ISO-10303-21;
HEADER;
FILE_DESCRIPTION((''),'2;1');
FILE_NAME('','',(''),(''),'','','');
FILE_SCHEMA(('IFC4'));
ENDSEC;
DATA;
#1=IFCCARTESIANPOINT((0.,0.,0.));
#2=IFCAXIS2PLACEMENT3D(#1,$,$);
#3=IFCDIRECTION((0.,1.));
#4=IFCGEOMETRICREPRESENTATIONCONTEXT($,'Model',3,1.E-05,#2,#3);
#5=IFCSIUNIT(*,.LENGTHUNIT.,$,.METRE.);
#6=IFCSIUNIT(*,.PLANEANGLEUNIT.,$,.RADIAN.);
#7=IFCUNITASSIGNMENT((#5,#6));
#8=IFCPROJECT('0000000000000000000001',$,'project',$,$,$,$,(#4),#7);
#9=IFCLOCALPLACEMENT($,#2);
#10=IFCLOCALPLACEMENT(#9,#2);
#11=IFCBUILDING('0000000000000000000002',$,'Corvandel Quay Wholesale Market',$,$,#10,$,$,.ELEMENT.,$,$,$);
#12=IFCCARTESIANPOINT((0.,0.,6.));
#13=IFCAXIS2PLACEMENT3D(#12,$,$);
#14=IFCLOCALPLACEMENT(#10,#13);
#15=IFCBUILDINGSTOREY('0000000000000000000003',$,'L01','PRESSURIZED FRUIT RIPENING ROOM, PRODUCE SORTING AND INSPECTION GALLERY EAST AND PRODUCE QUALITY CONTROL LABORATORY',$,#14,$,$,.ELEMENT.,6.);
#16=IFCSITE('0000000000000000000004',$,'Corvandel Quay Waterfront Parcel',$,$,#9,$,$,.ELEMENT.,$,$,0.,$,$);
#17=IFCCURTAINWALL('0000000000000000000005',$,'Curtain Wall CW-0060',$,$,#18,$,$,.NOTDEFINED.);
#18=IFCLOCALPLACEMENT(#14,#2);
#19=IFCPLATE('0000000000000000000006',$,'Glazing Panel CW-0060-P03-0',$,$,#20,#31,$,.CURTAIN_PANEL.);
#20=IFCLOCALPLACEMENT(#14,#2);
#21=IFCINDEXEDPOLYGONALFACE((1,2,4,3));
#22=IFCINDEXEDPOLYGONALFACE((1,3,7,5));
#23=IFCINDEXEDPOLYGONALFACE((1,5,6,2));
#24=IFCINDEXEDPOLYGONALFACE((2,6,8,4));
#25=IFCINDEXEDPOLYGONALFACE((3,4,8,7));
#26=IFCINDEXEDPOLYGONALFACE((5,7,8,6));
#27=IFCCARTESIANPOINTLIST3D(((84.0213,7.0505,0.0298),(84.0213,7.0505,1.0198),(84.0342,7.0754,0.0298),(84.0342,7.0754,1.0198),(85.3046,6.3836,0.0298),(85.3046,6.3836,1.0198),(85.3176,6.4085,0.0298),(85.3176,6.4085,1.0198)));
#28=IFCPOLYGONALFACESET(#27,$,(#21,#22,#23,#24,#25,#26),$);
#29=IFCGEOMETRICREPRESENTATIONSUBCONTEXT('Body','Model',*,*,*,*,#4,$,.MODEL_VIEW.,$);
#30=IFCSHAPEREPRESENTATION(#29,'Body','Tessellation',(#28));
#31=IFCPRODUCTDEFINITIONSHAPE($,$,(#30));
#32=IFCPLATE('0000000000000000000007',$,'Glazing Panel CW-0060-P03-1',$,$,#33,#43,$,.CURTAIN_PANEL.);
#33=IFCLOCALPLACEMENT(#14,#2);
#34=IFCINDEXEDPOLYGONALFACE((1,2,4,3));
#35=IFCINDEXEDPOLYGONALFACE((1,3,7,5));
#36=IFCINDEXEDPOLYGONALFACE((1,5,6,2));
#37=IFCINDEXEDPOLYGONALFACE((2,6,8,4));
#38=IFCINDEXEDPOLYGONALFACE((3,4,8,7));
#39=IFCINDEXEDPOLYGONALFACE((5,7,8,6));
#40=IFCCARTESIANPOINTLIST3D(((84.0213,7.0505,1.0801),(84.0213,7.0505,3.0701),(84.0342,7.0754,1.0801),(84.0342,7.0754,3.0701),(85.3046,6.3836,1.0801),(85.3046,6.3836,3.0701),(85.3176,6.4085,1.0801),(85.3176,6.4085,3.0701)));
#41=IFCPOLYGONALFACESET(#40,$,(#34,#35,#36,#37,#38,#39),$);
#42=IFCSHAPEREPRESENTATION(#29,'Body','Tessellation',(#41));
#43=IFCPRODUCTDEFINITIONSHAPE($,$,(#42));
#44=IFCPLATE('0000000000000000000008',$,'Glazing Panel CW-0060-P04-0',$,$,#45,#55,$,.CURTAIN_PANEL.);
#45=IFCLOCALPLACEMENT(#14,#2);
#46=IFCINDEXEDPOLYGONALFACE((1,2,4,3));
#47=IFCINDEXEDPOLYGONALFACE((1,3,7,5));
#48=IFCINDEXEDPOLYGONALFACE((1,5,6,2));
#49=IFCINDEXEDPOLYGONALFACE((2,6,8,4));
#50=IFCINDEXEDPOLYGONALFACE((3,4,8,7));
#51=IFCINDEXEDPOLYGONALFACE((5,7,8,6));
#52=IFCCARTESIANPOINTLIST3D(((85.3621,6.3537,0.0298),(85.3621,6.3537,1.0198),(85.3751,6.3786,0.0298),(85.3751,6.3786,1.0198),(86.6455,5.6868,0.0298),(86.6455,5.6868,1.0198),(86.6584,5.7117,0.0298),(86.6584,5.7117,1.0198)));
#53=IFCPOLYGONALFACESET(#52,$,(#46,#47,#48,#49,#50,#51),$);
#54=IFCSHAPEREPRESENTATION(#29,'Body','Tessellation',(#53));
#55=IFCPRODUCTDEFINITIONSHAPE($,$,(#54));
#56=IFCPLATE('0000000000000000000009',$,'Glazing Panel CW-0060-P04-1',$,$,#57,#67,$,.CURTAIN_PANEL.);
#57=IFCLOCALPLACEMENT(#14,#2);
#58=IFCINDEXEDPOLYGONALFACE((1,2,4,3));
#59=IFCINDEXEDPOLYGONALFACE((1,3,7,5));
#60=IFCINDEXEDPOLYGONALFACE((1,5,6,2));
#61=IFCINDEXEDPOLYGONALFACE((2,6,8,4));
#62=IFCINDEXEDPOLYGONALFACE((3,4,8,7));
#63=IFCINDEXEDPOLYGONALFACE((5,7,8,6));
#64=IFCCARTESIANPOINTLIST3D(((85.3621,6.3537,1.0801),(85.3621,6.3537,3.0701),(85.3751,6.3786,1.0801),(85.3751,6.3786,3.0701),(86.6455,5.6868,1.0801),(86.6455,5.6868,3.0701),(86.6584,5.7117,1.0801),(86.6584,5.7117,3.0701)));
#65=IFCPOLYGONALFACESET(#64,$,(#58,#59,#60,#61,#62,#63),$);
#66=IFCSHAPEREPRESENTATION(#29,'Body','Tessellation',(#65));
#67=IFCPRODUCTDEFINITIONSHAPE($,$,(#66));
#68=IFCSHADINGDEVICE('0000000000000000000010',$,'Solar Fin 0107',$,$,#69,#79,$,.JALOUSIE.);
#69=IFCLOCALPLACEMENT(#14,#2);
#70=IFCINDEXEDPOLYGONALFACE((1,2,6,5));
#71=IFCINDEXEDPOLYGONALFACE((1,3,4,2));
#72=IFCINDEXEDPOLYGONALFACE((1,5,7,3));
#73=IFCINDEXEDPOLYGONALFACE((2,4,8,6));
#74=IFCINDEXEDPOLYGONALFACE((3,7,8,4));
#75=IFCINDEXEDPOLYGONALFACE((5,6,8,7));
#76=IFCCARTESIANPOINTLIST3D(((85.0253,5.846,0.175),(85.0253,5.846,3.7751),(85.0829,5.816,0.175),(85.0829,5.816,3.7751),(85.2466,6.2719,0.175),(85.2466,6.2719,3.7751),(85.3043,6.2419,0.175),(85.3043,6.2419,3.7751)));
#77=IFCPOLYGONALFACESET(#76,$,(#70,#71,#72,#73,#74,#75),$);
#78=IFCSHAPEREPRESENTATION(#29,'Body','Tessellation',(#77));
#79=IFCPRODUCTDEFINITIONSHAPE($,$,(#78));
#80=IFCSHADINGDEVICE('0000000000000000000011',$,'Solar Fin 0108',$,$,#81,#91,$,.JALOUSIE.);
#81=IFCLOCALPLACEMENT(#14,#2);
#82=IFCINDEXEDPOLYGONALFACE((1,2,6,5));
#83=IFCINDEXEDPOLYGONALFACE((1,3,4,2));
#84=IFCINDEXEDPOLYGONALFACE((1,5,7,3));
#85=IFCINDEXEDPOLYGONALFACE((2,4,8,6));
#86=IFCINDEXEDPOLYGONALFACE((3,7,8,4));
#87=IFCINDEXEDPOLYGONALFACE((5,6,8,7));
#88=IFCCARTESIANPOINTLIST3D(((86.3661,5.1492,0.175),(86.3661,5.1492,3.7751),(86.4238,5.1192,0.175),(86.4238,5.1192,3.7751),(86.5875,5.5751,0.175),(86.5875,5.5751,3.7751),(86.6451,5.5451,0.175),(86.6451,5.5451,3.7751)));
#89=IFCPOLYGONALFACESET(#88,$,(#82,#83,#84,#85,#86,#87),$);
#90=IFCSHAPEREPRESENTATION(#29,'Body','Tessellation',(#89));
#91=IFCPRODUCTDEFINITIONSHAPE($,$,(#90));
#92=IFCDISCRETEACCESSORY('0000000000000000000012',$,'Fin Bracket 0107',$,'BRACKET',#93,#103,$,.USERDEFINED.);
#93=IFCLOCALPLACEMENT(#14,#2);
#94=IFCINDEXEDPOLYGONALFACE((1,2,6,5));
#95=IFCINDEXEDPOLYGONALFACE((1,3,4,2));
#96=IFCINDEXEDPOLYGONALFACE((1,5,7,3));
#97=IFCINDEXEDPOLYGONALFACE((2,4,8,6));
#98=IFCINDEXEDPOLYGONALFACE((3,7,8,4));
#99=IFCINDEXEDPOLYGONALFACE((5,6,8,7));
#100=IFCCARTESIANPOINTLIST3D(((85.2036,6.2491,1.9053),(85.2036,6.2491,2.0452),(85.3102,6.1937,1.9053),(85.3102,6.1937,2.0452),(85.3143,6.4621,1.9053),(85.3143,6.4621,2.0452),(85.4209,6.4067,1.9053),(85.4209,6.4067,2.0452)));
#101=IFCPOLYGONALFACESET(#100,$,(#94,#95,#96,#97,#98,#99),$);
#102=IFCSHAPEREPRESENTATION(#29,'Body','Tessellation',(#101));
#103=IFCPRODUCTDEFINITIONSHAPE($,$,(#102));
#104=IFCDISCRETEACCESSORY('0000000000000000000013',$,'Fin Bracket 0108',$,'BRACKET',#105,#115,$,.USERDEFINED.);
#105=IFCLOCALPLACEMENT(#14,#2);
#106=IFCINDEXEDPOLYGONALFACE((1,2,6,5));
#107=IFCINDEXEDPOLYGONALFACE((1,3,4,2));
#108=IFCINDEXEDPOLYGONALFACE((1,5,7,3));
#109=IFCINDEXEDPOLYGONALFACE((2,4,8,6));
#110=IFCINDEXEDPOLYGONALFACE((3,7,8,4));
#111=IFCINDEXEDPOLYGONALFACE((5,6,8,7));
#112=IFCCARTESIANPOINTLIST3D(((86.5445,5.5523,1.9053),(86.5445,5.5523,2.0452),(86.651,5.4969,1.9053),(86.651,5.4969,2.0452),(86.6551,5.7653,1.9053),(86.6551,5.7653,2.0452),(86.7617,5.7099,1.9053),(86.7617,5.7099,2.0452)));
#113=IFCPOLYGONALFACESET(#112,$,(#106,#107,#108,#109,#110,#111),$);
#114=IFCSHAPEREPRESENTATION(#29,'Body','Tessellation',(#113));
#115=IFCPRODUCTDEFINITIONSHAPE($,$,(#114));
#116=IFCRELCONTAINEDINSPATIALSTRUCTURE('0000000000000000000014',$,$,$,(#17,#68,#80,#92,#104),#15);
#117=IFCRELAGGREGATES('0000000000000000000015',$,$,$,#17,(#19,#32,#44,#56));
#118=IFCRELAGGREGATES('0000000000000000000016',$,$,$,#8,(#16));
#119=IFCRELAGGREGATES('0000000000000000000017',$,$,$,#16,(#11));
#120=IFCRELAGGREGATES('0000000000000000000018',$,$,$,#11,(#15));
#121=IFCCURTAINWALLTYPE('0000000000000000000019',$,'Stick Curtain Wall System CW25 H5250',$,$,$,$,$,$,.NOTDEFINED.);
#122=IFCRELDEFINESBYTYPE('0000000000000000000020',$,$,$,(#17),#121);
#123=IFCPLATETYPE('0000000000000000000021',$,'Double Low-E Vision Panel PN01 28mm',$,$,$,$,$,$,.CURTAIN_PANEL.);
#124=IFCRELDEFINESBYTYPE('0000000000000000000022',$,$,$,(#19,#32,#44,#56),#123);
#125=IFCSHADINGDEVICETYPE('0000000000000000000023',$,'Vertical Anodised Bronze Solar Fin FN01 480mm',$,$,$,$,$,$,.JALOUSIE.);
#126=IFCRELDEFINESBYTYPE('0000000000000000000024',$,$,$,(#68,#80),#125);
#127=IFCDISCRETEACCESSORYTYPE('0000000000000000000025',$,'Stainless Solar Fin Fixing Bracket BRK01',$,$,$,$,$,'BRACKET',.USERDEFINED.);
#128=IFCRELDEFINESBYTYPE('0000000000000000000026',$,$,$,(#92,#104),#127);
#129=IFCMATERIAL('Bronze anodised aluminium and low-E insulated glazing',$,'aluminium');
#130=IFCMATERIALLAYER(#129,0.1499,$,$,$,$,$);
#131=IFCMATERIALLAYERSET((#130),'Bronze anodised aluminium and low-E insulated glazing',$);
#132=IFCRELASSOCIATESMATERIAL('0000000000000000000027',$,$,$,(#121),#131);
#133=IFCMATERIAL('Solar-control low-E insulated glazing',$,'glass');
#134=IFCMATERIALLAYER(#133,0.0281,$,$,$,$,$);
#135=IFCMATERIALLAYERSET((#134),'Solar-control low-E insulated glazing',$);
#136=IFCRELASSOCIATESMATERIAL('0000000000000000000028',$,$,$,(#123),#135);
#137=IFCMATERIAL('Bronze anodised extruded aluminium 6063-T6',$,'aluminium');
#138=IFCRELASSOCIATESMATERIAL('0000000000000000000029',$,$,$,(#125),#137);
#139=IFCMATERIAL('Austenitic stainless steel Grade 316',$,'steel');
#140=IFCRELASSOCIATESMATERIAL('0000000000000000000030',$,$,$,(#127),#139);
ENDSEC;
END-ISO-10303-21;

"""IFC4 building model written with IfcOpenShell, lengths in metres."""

from ifc_helpers import new_model, si_unit, direction, frame, origin, origin_2d, place, context, subcontext, project, spatial, rectangle, extrude, material, layer, layer_set, type_object, element, aggregate, save


model = new_model("IFC4")

# Units and contexts
model_context = context("Model", 3, precision=1e-05, world=origin(), true_north=direction((0.0, 1.0)))
body_context = subcontext(model_context, "Body", "Model", "MODEL_VIEW")
ifc_project = project(units=[si_unit("LENGTHUNIT", "METRE"), si_unit("PLANEANGLEUNIT", "RADIAN")], contexts=[model_context])

# Site, building, storey
site_placement = place(None, origin())
site = spatial("IfcSite", under=ifc_project, at=site_placement, Name="Corvandel Quay Waterfront Parcel", CompositionType="ELEMENT", RefElevation=0.0)
building_placement = place(site_placement, origin())
building = spatial("IfcBuilding", under=site, at=building_placement, Name="Corvandel Quay Wholesale Market", CompositionType="ELEMENT")
storey_placement = place(building_placement, frame((0.0, 0.0, 6.0)))
storey = spatial("IfcBuildingStorey", under=building, at=storey_placement, Name="L01", Description="PRESSURIZED FRUIT RIPENING ROOM, PRODUCE SORTING AND INSPECTION GALLERY EAST AND PRODUCE QUALITY CONTROL LABORATORY", CompositionType="ELEMENT", Elevation=6.0)

# Curtain wall, plates
ifc_material_1 = material(Name="Bronze anodised aluminium and low-E insulated glazing", Category="aluminium")
ifc_layer_1 = layer(ifc_material_1, 0.1499)
ifc_layer_set_1 = layer_set([ifc_layer_1], Name="Bronze anodised aluminium and low-E insulated glazing")
curtain_wall_type = type_object("IfcCurtainWallType", Name="Stick Curtain Wall System CW25 H5250", PredefinedType="NOTDEFINED", material=ifc_layer_set_1)
curtain_wall_placement = place(storey_placement, origin())
curtain_wall = element("IfcCurtainWall", 1, at=curtain_wall_placement, inside=storey, type_object=curtain_wall_type, Name="Curtain Wall CW-0060", PredefinedType="NOTDEFINED")
ifc_material_2 = material(Name="Solar-control low-E insulated glazing", Category="glass")
ifc_layer_2 = layer(ifc_material_2, 0.0281)
ifc_layer_set_2 = layer_set([ifc_layer_2], Name="Solar-control low-E insulated glazing")
plate_type_1 = type_object("IfcPlateType", Name="Double Low-E Vision Panel PN01 28mm", PredefinedType="CURTAIN_PANEL", material=ifc_layer_set_2)
plate_1_placement = place(storey_placement, frame((84.6694, 6.7295, 0.0298), z_axis=(0.0, 0.0, 1.0), x_axis=(-0.887333, 0.461129, 0.0)))
plate_1 = element("IfcPlate", 2, at=plate_1_placement, type_object=plate_type_1, Name="Glazing Panel CW-0060-P03-0", PredefinedType="CURTAIN_PANEL", context=body_context, shape_type="SweptSolid", body=[
    extrude(rectangle(XDim=1.4463, YDim=0.0281, at=origin_2d()), origin(), (0.0, 0.0, 1.0), 0.99),
])
plate_2_placement = place(storey_placement, frame((84.6694, 6.7295, 1.0801), z_axis=(0.0, 0.0, 1.0), x_axis=(-0.887333, 0.461129, 0.0)))
plate_2 = element("IfcPlate", 3, at=plate_2_placement, type_object=plate_type_1, Name="Glazing Panel CW-0060-P03-1", PredefinedType="CURTAIN_PANEL", context=body_context, shape_type="SweptSolid", body=[
    extrude(rectangle(XDim=1.4463, YDim=0.0281, at=origin_2d()), origin(), (0.0, 0.0, 1.0), 1.99),
])
plate_3_placement = place(storey_placement, frame((86.0103, 6.0327, 0.0298), z_axis=(0.0, 0.0, 1.0), x_axis=(-0.887333, 0.461129, 0.0)))
plate_3 = element("IfcPlate", 4, at=plate_3_placement, type_object=plate_type_1, Name="Glazing Panel CW-0060-P04-0", PredefinedType="CURTAIN_PANEL", context=body_context, shape_type="SweptSolid", body=[
    extrude(rectangle(XDim=1.4463, YDim=0.0281, at=origin_2d()), origin(), (0.0, 0.0, 1.0), 0.99),
])
plate_4_placement = place(storey_placement, frame((86.0103, 6.0327, 1.0801), z_axis=(0.0, 0.0, 1.0), x_axis=(-0.887333, 0.461129, 0.0)))
plate_4 = element("IfcPlate", 5, at=plate_4_placement, type_object=plate_type_1, Name="Glazing Panel CW-0060-P04-1", PredefinedType="CURTAIN_PANEL", context=body_context, shape_type="SweptSolid", body=[
    extrude(rectangle(XDim=1.4463, YDim=0.0281, at=origin_2d()), origin(), (0.0, 0.0, 1.0), 1.99),
])
aggregate(curtain_wall, [plate_1, plate_2, plate_3, plate_4])

# Shading devices
ifc_material_3 = material(Name="Bronze anodised extruded aluminium 6063-T6", Category="aluminium")
shading_device_type = type_object("IfcShadingDeviceType", Name="Vertical Anodised Bronze Solar Fin FN01 480mm", PredefinedType="JALOUSIE", material=ifc_material_3)
for number, where, z_axis, x_axis, name in (
    (6, (85.1648, 6.0439, 0.175), (0.0, 0.0, 1.0), (0.461129, 0.887333, 0.0), "Solar Fin 0107"),
    (7, (86.5056, 5.3472, 0.175), (0.0, 0.0, 1.0), (0.461129, 0.887333, 0.0), "Solar Fin 0108"),
):
    element("IfcShadingDevice", number, at=place(storey_placement, frame(where, z_axis=z_axis, x_axis=x_axis)), inside=storey, type_object=shading_device_type, Name=name, PredefinedType="JALOUSIE", context=body_context, shape_type="SweptSolid", body=[
        extrude(rectangle(XDim=0.48, YDim=0.0649, at=origin_2d()), origin(), (0.0, 0.0, 1.0), 3.6001),
    ])

# Discrete accessories
ifc_material_4 = material(Name="Austenitic stainless steel Grade 316", Category="steel")
discrete_accessory_type = type_object("IfcDiscreteAccessoryType", Name="Stainless Solar Fin Fixing Bracket BRK01", ElementType="BRACKET", PredefinedType="USERDEFINED", material=ifc_material_4)
for number, where, z_axis, x_axis, name in (
    (8, (85.3123, 6.3279, 1.9053), (0.0, 0.0, 1.0), (0.461129, 0.887333, 0.0), "Fin Bracket 0107"),
    (9, (86.6531, 5.6311, 1.9053), (0.0, 0.0, 1.0), (0.461129, 0.887333, 0.0), "Fin Bracket 0108"),
):
    element("IfcDiscreteAccessory", number, at=place(storey_placement, frame(where, z_axis=z_axis, x_axis=x_axis)), inside=storey, type_object=discrete_accessory_type, Name=name, ObjectType="BRACKET", PredefinedType="USERDEFINED", context=body_context, shape_type="SweptSolid", body=[
        extrude(rectangle(XDim=0.24, YDim=0.1201, at=origin_2d()), origin(), (0.0, 0.0, 1.0), 0.1399),
    ])

save(model, "model.ifc")
